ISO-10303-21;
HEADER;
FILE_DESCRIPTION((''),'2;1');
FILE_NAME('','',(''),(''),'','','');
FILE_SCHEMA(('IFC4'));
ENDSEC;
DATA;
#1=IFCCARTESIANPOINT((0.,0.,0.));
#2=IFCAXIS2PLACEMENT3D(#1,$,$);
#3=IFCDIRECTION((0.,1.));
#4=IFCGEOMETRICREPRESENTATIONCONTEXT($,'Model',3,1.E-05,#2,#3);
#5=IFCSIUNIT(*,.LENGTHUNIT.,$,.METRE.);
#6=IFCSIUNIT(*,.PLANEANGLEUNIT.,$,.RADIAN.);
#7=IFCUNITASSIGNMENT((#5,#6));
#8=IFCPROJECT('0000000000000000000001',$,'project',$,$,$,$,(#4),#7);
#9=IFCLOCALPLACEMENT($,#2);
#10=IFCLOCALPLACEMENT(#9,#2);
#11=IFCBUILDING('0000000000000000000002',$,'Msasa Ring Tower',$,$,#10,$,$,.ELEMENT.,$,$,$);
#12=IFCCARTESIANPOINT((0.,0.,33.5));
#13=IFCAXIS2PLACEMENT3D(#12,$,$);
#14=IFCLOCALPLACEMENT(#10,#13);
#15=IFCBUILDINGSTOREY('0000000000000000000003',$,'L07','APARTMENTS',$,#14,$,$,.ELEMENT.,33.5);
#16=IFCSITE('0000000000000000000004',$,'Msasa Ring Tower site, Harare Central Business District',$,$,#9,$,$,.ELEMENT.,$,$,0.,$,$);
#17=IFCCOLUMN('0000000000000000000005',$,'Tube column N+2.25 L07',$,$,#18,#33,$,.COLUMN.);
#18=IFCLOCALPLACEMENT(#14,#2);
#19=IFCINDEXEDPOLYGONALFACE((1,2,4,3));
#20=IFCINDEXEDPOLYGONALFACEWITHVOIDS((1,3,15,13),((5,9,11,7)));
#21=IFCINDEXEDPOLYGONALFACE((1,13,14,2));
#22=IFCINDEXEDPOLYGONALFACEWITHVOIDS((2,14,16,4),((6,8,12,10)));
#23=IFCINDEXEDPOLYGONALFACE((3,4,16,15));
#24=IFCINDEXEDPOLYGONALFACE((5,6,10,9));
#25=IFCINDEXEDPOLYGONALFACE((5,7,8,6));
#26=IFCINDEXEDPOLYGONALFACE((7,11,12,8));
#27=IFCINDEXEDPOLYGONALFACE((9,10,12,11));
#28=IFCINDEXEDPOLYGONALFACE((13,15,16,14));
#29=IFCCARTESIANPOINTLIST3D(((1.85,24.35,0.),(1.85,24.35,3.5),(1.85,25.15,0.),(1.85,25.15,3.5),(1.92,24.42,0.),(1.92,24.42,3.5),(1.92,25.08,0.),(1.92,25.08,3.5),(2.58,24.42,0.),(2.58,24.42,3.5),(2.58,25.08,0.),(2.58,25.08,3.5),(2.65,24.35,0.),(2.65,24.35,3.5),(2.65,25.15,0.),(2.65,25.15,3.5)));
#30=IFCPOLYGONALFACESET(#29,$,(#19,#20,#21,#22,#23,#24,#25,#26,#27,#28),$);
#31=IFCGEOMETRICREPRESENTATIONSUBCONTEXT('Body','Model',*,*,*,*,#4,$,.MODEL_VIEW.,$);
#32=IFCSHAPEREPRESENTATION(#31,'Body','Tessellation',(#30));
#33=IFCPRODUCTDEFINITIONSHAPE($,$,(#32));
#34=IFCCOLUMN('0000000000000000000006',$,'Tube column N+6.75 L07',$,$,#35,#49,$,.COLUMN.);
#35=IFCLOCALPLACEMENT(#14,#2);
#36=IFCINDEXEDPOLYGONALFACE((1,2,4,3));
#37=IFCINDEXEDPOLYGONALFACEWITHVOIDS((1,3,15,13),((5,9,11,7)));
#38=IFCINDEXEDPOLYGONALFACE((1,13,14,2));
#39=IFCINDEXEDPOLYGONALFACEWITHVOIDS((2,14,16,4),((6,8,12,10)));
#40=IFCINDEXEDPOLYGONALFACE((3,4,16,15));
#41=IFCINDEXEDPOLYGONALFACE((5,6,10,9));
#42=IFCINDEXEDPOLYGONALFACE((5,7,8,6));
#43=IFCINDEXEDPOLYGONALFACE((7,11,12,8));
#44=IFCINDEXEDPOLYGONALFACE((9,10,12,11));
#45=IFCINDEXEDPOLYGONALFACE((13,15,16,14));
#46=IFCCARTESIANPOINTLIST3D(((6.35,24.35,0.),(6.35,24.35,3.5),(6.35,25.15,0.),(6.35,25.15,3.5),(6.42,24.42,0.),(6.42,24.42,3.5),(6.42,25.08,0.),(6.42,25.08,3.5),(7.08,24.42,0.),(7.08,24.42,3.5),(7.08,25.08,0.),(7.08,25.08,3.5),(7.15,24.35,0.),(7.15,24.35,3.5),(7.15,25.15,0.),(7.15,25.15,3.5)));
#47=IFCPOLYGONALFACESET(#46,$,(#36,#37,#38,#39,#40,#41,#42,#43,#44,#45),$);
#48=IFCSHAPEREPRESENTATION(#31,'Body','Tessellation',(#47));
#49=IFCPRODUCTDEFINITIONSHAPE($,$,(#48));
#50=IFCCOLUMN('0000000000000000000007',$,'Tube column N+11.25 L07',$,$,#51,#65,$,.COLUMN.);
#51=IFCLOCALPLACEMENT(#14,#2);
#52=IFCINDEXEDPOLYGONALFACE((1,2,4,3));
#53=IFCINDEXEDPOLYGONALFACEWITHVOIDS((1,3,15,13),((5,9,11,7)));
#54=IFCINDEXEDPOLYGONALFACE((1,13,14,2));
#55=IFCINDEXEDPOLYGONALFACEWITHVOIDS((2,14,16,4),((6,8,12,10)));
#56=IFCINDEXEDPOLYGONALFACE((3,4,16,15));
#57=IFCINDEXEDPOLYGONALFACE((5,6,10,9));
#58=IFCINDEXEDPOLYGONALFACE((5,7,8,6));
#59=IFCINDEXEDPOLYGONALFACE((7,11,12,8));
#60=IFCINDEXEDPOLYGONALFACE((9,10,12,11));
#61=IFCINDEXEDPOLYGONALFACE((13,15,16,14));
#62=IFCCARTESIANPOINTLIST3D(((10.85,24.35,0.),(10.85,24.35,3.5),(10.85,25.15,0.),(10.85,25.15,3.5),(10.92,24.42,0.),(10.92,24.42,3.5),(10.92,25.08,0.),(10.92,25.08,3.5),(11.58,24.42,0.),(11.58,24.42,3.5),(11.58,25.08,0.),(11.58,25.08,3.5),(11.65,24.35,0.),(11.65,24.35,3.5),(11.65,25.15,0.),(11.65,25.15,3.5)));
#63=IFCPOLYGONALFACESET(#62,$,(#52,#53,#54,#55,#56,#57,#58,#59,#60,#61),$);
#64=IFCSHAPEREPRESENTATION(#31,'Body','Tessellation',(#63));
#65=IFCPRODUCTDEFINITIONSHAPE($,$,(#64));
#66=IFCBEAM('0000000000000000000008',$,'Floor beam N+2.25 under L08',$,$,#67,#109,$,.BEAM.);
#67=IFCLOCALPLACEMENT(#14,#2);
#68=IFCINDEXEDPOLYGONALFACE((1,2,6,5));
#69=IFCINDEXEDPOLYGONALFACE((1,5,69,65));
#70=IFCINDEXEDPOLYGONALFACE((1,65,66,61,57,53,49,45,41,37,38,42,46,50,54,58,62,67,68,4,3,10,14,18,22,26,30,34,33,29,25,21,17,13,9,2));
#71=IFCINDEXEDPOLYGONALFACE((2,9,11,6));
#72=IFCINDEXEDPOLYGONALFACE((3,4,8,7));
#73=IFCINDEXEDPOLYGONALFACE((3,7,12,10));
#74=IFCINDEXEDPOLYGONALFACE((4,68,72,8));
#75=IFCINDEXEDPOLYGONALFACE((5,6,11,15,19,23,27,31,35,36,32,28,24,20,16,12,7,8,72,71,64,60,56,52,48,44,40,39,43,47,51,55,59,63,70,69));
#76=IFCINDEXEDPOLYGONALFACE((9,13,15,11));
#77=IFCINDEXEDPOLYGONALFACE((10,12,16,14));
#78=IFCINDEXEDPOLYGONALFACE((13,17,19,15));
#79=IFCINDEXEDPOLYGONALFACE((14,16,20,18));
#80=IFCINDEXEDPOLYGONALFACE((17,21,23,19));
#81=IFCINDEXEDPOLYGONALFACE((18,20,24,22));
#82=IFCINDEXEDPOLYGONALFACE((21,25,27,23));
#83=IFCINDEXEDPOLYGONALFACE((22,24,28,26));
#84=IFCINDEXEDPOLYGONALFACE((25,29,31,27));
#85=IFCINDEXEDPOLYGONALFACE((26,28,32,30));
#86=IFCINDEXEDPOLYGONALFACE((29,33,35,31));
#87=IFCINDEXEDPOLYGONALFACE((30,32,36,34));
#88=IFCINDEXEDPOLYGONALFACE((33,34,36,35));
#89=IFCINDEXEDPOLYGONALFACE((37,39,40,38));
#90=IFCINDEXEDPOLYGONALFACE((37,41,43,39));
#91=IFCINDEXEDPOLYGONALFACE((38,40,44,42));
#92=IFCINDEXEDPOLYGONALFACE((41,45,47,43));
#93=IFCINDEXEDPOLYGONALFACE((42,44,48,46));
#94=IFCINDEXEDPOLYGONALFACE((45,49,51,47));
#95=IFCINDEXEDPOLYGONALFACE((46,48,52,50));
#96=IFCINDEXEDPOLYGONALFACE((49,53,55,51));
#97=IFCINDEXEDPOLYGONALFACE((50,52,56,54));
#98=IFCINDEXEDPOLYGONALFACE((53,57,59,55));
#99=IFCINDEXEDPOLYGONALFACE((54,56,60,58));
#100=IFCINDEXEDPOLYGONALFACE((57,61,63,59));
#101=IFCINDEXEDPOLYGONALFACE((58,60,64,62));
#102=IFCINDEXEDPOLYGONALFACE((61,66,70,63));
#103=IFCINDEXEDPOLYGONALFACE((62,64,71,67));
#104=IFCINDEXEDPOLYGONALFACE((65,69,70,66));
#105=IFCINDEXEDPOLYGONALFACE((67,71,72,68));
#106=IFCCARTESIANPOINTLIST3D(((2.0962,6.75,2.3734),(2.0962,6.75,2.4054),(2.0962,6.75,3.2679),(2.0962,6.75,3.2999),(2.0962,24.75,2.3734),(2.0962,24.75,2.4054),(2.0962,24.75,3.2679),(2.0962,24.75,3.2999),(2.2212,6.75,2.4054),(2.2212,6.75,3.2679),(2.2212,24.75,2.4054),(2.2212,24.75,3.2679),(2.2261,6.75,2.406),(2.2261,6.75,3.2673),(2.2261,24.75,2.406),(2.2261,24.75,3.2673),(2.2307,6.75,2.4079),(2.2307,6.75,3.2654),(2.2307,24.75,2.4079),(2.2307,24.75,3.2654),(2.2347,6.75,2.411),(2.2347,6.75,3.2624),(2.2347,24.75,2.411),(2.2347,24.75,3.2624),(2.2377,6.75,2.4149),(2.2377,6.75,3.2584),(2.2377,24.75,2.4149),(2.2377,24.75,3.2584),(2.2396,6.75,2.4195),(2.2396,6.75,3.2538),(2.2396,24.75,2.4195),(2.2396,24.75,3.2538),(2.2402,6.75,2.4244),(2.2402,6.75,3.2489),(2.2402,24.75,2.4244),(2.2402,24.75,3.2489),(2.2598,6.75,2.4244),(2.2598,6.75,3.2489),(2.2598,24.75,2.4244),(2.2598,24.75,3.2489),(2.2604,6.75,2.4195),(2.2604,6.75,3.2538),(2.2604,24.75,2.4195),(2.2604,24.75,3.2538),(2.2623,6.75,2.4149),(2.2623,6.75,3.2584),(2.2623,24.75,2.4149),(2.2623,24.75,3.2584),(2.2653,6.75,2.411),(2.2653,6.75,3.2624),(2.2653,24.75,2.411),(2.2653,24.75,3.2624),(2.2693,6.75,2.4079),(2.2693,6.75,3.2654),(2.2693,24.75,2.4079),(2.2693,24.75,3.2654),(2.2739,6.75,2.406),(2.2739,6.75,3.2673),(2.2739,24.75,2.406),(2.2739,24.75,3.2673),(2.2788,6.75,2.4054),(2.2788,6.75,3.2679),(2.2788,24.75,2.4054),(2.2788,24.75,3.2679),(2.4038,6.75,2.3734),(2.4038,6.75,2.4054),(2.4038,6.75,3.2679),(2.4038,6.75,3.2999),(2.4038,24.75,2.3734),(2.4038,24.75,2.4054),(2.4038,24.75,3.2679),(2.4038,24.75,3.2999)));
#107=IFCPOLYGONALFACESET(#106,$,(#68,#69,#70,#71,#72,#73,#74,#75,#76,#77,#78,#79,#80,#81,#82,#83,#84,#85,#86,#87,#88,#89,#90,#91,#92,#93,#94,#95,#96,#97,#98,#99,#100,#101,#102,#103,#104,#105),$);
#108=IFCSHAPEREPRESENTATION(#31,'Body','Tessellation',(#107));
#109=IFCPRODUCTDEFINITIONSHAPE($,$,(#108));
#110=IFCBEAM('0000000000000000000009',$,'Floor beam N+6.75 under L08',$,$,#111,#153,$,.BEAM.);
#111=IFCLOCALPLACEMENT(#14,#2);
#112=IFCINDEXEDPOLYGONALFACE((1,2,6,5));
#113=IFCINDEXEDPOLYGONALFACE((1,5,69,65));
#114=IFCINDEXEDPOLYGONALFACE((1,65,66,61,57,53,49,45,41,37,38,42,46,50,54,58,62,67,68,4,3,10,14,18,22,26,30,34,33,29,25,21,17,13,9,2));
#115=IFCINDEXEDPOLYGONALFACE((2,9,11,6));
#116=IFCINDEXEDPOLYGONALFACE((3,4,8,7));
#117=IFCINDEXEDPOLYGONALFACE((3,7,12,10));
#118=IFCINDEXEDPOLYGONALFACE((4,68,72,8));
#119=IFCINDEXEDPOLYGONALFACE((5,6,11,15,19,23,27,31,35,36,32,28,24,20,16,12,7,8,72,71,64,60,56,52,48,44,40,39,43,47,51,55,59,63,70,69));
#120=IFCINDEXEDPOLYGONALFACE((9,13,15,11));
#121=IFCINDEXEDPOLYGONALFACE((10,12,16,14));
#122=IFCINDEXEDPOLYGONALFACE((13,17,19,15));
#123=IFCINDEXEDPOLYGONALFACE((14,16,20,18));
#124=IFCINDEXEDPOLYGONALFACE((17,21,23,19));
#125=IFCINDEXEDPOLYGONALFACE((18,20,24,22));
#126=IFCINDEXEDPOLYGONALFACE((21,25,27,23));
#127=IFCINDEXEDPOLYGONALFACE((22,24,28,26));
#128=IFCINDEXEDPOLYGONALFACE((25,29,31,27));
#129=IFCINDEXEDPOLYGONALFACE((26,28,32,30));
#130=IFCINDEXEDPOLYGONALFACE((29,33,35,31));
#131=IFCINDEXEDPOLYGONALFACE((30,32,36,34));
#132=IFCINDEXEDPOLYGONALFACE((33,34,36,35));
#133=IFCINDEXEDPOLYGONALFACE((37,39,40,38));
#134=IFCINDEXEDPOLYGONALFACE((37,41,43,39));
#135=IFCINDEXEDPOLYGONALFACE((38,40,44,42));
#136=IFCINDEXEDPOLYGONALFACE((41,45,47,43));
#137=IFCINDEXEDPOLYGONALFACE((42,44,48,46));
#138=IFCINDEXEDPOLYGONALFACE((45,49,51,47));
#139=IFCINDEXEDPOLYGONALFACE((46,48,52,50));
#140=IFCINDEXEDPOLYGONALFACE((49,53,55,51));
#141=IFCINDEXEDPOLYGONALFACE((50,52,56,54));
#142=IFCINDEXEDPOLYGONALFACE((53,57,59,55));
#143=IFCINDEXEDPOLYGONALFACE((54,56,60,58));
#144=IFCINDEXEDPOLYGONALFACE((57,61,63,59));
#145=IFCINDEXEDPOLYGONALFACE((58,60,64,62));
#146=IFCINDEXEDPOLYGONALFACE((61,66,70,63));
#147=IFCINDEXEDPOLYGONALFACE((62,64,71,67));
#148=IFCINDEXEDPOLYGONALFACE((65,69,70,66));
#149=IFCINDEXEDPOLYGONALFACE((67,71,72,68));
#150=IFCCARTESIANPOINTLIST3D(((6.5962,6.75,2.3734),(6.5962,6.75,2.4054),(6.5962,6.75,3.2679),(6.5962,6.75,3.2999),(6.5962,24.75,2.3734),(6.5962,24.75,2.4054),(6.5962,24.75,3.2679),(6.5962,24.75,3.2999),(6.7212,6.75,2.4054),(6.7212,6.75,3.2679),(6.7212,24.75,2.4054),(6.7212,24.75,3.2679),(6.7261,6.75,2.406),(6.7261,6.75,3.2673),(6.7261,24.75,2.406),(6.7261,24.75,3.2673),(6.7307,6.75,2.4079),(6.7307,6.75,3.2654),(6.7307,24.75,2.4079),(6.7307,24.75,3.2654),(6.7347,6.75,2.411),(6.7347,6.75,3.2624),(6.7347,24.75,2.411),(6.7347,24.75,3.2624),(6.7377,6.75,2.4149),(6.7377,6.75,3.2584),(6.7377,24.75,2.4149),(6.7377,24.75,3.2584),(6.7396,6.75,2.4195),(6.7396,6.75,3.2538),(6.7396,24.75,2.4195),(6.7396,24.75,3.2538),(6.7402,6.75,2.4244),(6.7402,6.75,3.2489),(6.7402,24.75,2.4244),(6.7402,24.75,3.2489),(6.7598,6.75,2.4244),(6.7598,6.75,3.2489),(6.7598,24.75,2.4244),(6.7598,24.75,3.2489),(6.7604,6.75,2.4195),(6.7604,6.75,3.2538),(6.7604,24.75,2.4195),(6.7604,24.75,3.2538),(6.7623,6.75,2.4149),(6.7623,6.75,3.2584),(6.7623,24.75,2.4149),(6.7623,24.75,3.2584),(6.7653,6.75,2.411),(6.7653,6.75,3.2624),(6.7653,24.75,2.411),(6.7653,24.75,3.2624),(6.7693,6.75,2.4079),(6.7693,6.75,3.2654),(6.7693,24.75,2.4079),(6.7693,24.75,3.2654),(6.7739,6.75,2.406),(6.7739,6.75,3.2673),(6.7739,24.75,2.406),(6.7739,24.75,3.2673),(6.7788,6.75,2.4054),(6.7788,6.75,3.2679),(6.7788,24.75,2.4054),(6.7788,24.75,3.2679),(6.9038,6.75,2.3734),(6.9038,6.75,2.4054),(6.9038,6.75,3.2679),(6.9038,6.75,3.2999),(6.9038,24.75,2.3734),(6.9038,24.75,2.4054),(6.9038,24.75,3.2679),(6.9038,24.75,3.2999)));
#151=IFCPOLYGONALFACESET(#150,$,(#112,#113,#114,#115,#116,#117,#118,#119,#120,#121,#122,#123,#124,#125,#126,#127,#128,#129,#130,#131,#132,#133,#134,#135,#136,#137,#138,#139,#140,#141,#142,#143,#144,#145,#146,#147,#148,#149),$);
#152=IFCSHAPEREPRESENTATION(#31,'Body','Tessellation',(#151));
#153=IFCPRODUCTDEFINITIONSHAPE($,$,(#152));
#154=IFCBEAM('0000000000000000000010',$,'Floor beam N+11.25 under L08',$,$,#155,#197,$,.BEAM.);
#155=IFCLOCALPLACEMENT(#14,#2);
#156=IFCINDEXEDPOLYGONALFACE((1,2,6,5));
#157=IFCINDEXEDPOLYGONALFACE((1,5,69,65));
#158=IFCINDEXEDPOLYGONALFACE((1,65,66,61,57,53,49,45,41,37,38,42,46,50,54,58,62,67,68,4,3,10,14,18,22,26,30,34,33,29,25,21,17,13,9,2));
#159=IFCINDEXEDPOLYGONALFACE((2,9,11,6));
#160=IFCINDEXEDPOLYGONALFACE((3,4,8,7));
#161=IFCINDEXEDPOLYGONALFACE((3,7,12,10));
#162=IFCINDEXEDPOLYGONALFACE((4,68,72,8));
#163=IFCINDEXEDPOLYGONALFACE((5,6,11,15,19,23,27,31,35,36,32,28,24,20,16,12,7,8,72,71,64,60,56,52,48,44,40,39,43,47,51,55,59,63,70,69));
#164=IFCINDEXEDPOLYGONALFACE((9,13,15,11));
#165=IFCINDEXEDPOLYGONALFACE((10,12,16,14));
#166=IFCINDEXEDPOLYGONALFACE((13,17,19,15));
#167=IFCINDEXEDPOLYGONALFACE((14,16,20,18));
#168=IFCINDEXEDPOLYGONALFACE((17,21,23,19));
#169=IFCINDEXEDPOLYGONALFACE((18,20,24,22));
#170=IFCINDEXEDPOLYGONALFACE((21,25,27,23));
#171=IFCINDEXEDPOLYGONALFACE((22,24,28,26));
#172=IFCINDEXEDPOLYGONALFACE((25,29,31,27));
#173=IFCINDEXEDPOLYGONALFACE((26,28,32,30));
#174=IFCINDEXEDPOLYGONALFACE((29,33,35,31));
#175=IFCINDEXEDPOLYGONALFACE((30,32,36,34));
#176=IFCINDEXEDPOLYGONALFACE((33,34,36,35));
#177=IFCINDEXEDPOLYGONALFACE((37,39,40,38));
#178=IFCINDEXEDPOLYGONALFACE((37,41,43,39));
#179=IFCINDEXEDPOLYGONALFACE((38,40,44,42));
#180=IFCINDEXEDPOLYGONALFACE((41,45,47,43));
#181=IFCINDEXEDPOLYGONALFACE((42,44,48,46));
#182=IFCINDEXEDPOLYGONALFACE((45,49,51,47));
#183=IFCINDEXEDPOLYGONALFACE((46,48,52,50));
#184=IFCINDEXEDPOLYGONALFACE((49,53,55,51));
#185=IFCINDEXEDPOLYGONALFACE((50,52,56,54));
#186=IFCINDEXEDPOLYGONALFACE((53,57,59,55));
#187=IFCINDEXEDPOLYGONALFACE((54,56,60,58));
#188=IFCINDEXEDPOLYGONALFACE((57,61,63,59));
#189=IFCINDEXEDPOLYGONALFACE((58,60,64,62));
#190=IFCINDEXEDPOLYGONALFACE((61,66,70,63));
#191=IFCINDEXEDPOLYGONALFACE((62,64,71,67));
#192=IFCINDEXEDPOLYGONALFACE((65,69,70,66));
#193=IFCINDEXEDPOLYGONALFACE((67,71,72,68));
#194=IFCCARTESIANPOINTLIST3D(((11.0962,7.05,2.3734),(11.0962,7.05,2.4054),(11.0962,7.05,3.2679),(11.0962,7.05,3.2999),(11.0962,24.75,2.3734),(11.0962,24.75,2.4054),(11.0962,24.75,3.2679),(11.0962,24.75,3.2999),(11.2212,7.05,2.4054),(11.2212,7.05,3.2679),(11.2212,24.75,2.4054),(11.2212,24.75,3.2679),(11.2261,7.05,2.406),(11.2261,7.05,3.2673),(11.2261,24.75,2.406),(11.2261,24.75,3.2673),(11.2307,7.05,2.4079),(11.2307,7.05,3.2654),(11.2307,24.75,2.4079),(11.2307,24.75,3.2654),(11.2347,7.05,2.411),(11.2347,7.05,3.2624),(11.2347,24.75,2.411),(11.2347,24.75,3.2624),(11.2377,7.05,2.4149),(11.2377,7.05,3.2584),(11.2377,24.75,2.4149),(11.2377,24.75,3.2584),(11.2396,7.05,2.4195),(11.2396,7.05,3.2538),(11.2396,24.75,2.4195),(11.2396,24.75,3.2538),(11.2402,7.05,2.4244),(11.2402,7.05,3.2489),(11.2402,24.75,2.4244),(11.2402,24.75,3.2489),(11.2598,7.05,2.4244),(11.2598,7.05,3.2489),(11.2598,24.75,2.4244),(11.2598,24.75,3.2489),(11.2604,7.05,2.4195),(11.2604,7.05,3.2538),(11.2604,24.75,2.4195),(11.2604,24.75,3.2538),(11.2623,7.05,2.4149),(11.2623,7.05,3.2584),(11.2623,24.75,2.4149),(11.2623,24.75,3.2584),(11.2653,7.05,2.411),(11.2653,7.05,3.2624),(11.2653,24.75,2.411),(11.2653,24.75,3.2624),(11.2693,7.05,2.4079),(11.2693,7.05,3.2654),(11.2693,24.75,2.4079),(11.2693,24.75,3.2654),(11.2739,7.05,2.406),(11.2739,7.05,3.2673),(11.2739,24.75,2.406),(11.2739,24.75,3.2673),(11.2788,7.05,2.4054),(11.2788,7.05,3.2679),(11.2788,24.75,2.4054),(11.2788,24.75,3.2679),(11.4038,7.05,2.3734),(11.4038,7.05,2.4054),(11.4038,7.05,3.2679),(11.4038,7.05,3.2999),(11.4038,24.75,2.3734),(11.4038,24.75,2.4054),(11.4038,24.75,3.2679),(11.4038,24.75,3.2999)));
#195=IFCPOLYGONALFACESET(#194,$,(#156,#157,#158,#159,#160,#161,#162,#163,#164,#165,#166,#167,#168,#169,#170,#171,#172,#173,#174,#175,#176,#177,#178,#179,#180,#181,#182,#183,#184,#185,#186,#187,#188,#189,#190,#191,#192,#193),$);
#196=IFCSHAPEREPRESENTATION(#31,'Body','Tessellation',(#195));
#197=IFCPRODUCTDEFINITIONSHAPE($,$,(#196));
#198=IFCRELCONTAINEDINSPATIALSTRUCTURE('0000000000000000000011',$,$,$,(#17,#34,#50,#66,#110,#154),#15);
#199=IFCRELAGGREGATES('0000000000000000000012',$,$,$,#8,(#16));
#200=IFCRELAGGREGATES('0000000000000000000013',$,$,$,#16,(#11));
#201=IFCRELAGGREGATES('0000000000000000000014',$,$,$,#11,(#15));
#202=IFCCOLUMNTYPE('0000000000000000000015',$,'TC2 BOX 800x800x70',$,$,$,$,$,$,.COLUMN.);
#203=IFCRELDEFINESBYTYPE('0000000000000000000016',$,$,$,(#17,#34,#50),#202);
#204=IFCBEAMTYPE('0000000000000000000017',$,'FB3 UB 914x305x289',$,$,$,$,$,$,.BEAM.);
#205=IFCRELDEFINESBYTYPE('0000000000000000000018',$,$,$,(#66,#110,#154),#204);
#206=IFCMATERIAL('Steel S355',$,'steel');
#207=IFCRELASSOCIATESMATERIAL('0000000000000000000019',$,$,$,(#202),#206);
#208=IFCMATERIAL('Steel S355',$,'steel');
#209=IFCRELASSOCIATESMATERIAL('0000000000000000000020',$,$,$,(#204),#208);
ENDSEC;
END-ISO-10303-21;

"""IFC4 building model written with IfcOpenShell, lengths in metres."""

from ifc_helpers import new_model, si_unit, direction, frame, origin, origin_2d, place, context, subcontext, project, spatial, hollow_rectangle, i_section, extrude, material, material_profile, profile_set, type_object, element, save


model = new_model("IFC4")

# Units and contexts
model_context = context("Model", 3, precision=1e-05, world=origin(), true_north=direction((0.0, 1.0)))
body_context = subcontext(model_context, "Body", "Model", "MODEL_VIEW")
ifc_project = project(units=[si_unit("LENGTHUNIT", "METRE"), si_unit("PLANEANGLEUNIT", "RADIAN")], contexts=[model_context])

# Site, building, storey
site_placement = place(None, origin())
site = spatial("IfcSite", under=ifc_project, at=site_placement, Name="Msasa Ring Tower site, Harare Central Business District", CompositionType="ELEMENT", RefElevation=0.0)
building_placement = place(site_placement, origin())
building = spatial("IfcBuilding", under=site, at=building_placement, Name="Msasa Ring Tower", CompositionType="ELEMENT")
storey_placement = place(building_placement, frame((0.0, 0.0, 33.5)))
storey = spatial("IfcBuildingStorey", under=building, at=storey_placement, Name="L07", Description="APARTMENTS", CompositionType="ELEMENT", Elevation=33.5)

# Columns
ifc_material_1 = material(Name="Steel S355", Category="steel")
ifc_material_profile_1 = material_profile(ifc_material_1, hollow_rectangle(XDim=0.8, YDim=0.8, WallThickness=0.0701, at=origin_2d()), Name="BOX 800x800x70")
ifc_profile_set_1 = profile_set([ifc_material_profile_1], Name="Steel S355")
column_type = type_object("IfcColumnType", Name="TC2 BOX 800x800x70", PredefinedType="COLUMN", material=ifc_profile_set_1)
for number, where, z_axis, x_axis, name in (
    (1, (2.25, 24.75, 0.0), (0.0, 0.0, 1.0), (0.0, 1.0, 0.0), "Tube column N+2.25 L07"),
    (2, (6.75, 24.75, 0.0), (0.0, 0.0, 1.0), (0.0, 1.0, 0.0), "Tube column N+6.75 L07"),
    (3, (11.25, 24.75, 0.0), (0.0, 0.0, 1.0), (0.0, 1.0, 0.0), "Tube column N+11.25 L07"),
):
    element("IfcColumn", number, at=place(storey_placement, frame(where, z_axis=z_axis, x_axis=x_axis)), inside=storey, type_object=column_type, Name=name, PredefinedType="COLUMN", context=body_context, shape_type="SweptSolid", body=[
        extrude(hollow_rectangle(XDim=0.8, YDim=0.8, WallThickness=0.0701, at=origin_2d()), origin(), (0.0, 0.0, 1.0), 3.5),
    ])

# Beams
ifc_material_2 = material(Name="Steel S355", Category="steel")
ifc_material_profile_2 = material_profile(ifc_material_2, i_section(OverallWidth=0.3076, OverallDepth=0.9265, WebThickness=0.0195, FlangeThickness=0.032, FilletRadius=0.019, at=origin_2d()), Name="UB 914x305x289")
ifc_profile_set_2 = profile_set([ifc_material_profile_2], Name="Steel S355")
beam_type_1 = type_object("IfcBeamType", Name="FB3 UB 914x305x289", PredefinedType="BEAM", material=ifc_profile_set_2)
for number, where, z_axis, x_axis, name in (
    (4, (2.25, 24.75, 2.8367), (0.0, -1.0, 0.0), (1.0, 0.0, 0.0), "Floor beam N+2.25 under L08"),
    (5, (6.75, 24.75, 2.8367), (0.0, -1.0, 0.0), (1.0, 0.0, 0.0), "Floor beam N+6.75 under L08"),
):
    element("IfcBeam", number, at=place(storey_placement, frame(where, z_axis=z_axis, x_axis=x_axis)), inside=storey, type_object=beam_type_1, Name=name, PredefinedType="BEAM", context=body_context, shape_type="SweptSolid", body=[
        extrude(i_section(OverallWidth=0.3076, OverallDepth=0.9265, WebThickness=0.0195, FlangeThickness=0.032, FilletRadius=0.019, at=origin_2d()), origin(), (0.0, 0.0, 1.0), 18.0),
    ])
beam_placement = place(storey_placement, frame((11.25, 24.75, 2.8367), z_axis=(0.0, -1.0, 0.0), x_axis=(1.0, 0.0, 0.0)))
element("IfcBeam", 6, at=beam_placement, inside=storey, type_object=beam_type_1, Name="Floor beam N+11.25 under L08", PredefinedType="BEAM", context=body_context, shape_type="SweptSolid", body=[
    extrude(i_section(OverallWidth=0.3076, OverallDepth=0.9265, WebThickness=0.0195, FlangeThickness=0.032, FilletRadius=0.019, at=origin_2d()), origin(), (0.0, 0.0, 1.0), 17.7),
])

save(model, "model.ifc")
